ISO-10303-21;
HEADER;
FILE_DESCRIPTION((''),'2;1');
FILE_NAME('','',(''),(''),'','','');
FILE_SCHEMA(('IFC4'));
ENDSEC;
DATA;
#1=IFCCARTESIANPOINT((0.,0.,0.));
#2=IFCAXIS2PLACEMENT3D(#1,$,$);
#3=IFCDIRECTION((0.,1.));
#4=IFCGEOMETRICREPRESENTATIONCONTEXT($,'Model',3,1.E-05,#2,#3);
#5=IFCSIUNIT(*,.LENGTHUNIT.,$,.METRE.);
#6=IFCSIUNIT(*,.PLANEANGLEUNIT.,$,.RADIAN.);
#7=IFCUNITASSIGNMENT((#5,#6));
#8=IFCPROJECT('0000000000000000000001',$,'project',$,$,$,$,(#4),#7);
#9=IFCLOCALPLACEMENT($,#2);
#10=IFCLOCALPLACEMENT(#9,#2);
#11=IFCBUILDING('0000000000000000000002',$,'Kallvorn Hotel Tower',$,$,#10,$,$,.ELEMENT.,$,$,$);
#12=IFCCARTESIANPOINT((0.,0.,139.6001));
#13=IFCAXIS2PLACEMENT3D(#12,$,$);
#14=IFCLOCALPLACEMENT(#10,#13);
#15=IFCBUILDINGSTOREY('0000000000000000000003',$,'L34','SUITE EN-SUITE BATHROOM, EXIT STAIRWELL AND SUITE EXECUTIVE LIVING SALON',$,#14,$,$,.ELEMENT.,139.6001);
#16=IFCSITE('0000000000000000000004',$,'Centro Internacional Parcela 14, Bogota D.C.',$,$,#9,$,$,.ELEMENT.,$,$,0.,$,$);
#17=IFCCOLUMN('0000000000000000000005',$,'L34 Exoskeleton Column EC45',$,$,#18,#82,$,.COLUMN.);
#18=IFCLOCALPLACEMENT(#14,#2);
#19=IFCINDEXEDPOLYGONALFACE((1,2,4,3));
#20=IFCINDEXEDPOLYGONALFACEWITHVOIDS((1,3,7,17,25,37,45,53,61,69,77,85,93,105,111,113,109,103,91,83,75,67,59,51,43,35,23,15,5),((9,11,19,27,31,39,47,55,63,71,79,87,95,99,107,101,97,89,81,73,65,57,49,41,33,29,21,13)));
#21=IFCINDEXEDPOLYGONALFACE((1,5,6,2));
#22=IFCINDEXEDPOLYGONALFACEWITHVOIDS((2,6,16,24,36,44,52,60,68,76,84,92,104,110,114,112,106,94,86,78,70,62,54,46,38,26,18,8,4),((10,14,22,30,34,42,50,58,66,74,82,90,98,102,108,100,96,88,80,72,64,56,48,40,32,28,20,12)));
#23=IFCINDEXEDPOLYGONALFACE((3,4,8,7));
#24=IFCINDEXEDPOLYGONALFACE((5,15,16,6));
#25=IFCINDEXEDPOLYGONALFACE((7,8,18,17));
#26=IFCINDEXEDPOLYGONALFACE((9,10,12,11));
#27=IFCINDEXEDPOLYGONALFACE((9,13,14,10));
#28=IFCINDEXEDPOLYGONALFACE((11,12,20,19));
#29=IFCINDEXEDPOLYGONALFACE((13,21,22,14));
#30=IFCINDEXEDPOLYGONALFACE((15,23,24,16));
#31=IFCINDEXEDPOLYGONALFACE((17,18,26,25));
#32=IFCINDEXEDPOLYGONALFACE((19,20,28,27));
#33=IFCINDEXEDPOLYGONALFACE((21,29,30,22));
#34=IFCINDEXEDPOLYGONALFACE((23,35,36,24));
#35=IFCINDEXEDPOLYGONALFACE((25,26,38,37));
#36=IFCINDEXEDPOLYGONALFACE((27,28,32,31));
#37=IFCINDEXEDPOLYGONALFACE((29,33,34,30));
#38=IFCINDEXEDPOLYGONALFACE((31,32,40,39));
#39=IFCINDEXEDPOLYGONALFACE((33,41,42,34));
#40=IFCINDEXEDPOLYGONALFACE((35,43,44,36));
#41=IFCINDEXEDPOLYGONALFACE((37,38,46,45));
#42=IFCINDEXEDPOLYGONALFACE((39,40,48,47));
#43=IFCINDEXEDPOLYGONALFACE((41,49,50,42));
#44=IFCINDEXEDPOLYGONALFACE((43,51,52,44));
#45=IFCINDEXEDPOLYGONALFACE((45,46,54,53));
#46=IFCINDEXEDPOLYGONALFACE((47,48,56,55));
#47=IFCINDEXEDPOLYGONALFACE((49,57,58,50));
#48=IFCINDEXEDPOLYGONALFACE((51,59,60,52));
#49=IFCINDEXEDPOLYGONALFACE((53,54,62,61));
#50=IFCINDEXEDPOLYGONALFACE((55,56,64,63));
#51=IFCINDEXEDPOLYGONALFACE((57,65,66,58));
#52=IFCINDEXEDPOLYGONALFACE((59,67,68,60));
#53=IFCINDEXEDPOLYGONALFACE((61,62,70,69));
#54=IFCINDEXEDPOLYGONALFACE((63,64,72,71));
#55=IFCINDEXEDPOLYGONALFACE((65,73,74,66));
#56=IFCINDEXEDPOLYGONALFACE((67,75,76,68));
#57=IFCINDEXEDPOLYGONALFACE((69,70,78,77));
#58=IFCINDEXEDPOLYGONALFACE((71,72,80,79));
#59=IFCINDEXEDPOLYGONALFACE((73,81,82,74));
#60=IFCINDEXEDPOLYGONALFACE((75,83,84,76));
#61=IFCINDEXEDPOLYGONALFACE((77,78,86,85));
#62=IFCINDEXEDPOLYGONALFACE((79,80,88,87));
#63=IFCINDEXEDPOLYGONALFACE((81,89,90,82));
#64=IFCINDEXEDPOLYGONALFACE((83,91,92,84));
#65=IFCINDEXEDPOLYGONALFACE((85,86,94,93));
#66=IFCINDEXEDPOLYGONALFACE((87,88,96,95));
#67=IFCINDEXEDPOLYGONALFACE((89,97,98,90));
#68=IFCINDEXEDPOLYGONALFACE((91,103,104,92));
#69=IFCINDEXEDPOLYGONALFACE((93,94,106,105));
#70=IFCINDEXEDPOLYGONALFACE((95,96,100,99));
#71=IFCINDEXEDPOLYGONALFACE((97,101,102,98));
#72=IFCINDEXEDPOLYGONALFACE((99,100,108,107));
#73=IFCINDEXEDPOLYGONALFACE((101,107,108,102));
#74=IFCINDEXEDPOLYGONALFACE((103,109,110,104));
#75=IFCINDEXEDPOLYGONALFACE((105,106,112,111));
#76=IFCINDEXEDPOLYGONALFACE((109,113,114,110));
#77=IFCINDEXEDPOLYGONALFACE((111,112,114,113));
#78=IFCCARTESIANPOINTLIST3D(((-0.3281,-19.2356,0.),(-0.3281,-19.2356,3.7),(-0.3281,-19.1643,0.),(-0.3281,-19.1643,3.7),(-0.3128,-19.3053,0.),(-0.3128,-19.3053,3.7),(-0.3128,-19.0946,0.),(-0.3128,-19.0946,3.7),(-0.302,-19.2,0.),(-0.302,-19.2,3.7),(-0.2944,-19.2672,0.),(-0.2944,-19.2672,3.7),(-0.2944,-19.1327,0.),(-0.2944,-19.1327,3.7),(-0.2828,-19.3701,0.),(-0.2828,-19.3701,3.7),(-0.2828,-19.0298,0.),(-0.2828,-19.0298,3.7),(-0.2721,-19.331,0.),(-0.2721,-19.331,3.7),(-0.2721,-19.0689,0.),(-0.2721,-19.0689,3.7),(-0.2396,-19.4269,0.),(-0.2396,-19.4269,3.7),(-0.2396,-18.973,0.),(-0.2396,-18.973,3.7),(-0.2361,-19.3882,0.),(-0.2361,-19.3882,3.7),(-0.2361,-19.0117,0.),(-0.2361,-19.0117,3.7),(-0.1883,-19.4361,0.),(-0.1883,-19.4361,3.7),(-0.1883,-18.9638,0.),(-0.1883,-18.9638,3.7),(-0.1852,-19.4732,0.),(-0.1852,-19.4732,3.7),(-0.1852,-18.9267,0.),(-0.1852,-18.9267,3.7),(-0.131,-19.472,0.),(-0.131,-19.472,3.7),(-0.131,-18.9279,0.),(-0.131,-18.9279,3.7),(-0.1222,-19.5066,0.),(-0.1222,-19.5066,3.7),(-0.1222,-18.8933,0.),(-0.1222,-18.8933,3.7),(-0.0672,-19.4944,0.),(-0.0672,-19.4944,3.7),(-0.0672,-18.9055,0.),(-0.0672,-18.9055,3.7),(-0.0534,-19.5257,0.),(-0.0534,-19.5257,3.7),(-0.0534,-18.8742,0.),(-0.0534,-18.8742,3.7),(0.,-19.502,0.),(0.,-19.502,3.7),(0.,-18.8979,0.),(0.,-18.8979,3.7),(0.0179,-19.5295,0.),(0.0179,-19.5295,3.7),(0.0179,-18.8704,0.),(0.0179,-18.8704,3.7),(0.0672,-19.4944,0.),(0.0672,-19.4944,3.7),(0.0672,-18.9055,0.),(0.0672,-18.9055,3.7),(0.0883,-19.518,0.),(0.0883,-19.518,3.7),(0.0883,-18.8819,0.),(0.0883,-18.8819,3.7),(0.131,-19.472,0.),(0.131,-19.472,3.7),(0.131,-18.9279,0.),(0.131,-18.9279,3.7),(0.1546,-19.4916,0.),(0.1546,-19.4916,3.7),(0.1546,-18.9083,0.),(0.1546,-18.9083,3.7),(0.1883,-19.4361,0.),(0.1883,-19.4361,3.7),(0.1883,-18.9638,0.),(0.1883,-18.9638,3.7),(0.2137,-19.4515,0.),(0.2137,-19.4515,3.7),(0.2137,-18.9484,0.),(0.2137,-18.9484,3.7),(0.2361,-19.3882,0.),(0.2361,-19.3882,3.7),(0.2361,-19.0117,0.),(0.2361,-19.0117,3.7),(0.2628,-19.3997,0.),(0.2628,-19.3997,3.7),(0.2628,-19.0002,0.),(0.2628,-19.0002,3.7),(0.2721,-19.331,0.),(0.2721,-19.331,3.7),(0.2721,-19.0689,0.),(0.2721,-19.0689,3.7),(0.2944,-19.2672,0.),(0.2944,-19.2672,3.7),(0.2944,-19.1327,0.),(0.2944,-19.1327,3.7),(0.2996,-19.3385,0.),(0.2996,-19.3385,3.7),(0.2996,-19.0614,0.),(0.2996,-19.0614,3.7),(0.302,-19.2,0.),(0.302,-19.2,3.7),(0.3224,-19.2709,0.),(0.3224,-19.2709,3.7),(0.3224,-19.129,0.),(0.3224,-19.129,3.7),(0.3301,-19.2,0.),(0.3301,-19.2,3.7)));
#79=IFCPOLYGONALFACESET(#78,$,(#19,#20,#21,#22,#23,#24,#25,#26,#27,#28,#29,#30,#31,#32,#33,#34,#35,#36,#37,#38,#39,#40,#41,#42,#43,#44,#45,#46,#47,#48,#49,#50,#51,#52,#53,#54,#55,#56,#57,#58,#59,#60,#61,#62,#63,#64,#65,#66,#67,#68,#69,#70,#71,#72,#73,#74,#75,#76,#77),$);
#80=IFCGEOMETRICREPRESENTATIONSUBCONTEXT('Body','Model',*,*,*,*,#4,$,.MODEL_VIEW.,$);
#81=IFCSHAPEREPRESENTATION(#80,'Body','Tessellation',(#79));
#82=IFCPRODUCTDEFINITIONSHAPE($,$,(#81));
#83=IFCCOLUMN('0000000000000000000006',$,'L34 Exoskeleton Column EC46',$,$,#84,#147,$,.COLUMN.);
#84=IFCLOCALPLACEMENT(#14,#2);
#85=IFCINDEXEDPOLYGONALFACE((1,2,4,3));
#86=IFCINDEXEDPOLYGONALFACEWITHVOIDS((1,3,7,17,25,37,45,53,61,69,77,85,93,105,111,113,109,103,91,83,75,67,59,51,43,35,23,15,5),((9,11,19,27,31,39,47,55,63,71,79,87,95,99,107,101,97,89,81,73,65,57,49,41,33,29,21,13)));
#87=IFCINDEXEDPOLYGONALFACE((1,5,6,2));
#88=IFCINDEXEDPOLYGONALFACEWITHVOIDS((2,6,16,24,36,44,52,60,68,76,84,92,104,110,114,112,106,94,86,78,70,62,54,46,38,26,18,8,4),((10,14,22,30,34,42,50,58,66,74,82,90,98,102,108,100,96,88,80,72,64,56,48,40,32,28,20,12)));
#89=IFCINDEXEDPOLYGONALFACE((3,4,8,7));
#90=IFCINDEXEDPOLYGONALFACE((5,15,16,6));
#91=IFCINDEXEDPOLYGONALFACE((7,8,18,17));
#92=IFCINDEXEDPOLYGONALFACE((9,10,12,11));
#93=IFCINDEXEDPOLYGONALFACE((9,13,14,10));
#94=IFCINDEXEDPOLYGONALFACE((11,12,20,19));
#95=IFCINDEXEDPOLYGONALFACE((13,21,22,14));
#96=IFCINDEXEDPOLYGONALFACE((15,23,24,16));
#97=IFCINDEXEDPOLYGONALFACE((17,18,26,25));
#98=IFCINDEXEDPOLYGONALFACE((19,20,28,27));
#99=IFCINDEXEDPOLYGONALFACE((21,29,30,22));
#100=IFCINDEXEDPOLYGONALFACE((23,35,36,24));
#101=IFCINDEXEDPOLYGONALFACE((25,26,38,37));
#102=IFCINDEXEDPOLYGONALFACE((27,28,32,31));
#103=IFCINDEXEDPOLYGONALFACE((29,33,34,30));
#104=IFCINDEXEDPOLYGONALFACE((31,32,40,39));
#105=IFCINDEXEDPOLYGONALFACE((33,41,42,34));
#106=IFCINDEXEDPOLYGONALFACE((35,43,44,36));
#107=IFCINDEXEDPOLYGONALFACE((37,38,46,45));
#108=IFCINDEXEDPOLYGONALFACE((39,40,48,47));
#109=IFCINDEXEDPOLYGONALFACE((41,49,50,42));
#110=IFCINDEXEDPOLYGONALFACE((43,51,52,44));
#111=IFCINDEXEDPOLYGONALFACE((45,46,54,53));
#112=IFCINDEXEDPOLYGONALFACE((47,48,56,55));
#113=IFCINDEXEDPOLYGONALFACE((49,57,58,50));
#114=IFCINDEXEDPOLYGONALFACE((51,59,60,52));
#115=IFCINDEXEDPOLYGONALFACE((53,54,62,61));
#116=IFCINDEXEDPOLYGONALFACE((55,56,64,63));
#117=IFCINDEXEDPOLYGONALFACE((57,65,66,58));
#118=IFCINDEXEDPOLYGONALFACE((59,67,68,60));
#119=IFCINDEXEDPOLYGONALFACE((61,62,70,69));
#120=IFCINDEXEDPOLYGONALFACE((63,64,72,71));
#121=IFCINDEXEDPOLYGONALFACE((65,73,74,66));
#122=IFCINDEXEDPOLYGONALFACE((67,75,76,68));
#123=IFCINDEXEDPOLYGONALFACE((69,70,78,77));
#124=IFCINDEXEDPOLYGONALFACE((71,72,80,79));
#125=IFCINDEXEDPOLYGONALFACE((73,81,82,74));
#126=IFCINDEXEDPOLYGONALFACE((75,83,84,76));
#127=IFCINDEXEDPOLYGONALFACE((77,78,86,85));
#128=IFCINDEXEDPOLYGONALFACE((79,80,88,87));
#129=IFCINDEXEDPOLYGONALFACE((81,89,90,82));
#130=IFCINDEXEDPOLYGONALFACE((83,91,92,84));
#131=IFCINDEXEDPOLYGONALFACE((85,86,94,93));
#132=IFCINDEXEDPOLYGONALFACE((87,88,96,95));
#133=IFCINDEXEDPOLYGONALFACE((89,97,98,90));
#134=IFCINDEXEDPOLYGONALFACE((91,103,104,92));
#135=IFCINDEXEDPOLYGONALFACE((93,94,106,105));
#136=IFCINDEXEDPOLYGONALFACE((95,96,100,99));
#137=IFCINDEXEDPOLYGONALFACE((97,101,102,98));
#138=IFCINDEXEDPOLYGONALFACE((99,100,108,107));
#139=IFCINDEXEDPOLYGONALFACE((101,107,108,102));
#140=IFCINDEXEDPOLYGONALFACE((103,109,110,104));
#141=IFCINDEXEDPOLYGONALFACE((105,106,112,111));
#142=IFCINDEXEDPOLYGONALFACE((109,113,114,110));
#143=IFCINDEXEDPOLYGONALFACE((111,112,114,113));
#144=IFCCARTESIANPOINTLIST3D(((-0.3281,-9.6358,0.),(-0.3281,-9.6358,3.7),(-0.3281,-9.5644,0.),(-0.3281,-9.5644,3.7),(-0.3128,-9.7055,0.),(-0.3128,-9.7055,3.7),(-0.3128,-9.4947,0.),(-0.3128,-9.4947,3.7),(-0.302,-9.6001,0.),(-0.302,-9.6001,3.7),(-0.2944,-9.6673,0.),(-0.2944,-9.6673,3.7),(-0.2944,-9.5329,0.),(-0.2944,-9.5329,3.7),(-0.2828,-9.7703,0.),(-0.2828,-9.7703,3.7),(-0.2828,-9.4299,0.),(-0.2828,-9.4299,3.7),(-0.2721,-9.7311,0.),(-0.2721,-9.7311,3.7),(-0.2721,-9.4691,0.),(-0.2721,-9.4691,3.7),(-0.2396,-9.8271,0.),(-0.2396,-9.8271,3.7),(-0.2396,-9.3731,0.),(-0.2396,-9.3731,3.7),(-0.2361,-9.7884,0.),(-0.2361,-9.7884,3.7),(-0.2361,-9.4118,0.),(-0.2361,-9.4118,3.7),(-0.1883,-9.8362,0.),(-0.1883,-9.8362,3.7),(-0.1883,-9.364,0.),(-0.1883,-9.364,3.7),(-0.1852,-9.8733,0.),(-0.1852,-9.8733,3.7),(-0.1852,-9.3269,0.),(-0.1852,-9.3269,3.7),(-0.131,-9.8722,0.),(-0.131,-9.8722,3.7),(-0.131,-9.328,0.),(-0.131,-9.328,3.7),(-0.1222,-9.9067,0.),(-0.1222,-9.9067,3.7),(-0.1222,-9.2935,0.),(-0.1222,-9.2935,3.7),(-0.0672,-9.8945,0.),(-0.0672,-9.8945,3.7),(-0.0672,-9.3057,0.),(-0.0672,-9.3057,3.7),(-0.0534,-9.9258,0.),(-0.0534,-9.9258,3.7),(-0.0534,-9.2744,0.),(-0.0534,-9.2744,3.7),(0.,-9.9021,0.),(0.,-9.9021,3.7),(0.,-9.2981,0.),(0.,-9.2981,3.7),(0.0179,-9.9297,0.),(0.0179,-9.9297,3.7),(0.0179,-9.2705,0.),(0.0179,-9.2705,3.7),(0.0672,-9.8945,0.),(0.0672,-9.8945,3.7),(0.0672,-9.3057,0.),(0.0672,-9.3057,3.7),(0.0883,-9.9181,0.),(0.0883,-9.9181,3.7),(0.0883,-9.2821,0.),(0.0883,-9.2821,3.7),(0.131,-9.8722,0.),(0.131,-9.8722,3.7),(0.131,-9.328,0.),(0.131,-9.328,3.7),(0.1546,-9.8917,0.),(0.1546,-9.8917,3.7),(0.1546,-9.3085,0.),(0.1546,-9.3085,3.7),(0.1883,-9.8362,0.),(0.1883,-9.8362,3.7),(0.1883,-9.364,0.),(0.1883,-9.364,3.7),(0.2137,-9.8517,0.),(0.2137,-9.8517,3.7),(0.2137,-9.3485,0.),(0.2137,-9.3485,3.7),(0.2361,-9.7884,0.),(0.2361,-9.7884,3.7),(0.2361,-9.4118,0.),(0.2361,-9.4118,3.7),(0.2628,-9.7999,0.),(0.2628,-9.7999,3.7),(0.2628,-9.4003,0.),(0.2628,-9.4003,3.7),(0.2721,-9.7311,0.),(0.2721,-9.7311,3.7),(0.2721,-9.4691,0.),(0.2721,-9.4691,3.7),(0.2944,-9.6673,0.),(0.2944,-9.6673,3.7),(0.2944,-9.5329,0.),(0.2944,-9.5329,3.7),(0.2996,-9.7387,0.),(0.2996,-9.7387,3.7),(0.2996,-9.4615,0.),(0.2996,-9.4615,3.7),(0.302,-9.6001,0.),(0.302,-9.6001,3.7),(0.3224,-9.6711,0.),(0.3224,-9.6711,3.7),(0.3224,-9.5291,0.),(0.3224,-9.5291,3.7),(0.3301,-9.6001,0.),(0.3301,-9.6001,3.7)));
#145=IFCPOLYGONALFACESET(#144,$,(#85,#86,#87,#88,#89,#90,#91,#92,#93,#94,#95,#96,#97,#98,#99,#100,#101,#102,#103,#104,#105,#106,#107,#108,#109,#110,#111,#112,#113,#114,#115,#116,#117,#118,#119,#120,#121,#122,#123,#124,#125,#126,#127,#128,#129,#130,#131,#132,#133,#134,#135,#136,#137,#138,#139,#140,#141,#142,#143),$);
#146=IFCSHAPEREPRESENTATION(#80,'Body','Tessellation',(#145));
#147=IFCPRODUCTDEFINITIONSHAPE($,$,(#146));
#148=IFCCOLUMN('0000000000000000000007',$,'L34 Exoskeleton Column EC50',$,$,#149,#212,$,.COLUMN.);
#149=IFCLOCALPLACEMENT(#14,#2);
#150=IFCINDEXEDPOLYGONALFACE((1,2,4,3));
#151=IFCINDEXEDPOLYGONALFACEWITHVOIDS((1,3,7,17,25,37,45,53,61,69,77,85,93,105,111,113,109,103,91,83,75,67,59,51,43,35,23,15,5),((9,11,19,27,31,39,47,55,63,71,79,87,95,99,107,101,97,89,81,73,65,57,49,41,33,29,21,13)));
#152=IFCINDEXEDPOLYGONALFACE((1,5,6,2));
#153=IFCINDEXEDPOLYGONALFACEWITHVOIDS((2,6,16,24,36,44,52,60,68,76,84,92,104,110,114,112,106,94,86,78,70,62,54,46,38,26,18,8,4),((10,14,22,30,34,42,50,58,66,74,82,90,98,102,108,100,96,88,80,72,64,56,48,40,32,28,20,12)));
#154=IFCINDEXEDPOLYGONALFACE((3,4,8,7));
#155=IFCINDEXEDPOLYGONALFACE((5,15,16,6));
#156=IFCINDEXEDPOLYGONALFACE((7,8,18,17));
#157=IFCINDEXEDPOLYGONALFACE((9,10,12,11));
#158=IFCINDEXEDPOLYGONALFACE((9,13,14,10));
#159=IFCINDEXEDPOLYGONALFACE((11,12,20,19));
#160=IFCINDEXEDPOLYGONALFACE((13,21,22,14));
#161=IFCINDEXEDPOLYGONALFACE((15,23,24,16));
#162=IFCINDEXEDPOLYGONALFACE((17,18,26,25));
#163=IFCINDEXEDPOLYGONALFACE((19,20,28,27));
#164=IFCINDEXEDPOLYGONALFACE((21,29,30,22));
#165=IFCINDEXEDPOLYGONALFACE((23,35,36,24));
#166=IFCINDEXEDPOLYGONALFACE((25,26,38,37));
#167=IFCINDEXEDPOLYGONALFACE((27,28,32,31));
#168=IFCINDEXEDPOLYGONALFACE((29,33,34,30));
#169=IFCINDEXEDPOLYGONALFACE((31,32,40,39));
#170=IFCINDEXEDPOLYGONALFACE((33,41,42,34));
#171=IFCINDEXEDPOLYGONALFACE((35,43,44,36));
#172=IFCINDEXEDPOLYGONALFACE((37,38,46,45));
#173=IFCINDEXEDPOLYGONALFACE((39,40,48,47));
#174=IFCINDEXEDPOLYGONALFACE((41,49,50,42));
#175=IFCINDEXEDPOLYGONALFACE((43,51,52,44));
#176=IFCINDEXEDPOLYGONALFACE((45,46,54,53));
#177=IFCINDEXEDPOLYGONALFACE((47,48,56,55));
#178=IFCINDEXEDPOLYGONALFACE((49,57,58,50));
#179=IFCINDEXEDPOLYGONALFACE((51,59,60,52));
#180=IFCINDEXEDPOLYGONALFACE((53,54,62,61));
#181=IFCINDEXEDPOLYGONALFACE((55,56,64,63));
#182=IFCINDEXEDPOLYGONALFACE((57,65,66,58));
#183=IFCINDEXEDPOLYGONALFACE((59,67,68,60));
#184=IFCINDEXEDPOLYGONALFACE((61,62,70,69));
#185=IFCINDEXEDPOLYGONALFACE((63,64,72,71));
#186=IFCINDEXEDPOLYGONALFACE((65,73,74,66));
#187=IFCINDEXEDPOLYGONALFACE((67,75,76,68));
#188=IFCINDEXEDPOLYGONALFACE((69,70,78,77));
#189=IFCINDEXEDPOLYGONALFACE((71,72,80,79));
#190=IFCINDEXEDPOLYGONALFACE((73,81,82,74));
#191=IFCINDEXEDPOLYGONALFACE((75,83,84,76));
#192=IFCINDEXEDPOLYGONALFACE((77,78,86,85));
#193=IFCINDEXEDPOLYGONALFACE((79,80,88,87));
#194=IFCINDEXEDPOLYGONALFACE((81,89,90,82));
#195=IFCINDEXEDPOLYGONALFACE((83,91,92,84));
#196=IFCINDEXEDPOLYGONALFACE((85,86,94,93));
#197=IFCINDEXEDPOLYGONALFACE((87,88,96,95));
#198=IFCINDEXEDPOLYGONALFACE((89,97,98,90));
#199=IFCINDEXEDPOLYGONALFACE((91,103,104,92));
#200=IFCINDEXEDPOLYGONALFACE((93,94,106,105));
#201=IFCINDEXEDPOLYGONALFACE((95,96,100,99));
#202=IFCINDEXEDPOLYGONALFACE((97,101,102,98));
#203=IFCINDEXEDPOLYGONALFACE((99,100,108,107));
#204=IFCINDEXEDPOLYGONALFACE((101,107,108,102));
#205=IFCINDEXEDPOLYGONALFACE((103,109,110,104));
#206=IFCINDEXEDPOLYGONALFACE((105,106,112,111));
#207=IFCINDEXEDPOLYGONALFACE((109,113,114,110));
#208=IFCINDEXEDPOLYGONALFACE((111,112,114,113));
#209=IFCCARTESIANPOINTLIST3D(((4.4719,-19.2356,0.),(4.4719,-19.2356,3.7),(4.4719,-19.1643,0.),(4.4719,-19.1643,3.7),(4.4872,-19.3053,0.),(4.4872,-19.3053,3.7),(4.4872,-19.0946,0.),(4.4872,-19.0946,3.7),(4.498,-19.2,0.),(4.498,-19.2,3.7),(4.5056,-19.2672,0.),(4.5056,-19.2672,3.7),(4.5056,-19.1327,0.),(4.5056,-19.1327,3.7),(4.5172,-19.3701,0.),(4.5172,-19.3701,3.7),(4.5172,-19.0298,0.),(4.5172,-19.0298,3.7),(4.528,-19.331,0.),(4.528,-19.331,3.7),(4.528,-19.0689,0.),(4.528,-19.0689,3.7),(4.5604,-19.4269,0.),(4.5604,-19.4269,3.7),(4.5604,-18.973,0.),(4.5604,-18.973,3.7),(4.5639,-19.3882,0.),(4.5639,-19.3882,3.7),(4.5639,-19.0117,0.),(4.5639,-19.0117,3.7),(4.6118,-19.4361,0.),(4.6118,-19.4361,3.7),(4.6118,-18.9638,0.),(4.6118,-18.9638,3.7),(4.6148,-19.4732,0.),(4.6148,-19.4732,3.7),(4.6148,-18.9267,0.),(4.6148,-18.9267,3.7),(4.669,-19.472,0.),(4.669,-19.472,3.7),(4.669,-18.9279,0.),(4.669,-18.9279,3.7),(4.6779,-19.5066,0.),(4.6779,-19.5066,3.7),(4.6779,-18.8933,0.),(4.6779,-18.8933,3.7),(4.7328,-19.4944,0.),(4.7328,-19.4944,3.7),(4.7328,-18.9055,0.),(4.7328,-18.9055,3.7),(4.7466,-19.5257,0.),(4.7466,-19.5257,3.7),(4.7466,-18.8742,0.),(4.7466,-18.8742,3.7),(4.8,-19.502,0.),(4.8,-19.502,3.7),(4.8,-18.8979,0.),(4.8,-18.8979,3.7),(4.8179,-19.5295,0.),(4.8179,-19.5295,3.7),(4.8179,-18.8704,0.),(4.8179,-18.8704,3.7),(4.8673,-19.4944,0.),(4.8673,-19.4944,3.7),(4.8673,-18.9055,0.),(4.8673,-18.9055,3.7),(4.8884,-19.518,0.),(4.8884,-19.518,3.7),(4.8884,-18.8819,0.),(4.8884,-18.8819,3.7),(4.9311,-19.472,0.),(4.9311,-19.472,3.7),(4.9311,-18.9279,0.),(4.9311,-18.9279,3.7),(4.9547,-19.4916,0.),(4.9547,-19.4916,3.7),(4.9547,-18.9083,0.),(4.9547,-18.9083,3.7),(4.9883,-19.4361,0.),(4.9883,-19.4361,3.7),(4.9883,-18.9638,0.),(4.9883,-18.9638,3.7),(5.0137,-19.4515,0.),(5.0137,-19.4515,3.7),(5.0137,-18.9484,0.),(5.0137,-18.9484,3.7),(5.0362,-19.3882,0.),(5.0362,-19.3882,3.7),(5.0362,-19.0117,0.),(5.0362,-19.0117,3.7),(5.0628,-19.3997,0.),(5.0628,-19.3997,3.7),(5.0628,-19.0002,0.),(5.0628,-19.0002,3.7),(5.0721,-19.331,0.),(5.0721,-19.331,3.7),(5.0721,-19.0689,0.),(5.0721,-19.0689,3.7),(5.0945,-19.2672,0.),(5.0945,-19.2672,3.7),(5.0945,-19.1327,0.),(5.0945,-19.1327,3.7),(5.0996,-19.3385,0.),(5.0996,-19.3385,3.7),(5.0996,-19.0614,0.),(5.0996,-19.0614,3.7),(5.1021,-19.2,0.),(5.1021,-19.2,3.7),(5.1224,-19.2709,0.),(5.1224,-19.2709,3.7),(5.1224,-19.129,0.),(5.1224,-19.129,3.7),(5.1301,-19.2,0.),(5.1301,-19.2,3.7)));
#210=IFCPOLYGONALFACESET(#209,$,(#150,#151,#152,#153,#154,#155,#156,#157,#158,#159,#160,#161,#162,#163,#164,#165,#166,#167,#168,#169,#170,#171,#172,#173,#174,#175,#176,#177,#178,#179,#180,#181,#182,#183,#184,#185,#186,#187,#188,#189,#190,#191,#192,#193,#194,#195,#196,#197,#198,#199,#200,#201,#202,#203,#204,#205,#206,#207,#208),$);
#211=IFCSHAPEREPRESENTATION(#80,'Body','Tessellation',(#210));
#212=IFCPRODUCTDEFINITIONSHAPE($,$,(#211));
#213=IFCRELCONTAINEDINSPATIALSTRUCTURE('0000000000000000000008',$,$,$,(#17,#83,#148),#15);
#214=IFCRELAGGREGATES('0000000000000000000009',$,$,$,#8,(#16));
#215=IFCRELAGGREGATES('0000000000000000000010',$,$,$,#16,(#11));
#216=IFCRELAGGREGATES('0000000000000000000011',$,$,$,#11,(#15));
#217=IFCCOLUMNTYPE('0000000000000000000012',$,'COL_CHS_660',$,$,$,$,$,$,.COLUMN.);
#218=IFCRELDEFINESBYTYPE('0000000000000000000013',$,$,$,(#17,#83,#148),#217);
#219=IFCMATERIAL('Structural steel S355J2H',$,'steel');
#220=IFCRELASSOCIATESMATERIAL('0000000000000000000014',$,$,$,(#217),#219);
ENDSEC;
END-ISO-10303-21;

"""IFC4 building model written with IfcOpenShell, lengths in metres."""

from ifc_helpers import new_model, si_unit, direction, frame, origin, origin_2d, place, context, subcontext, project, spatial, hollow_circle, extrude, material, material_profile, profile_set, type_object, element, save


model = new_model("IFC4")

# Units and contexts
model_context = context("Model", 3, precision=1e-05, world=origin(), true_north=direction((0.0, 1.0)))
body_context = subcontext(model_context, "Body", "Model", "MODEL_VIEW")
ifc_project = project(units=[si_unit("LENGTHUNIT", "METRE"), si_unit("PLANEANGLEUNIT", "RADIAN")], contexts=[model_context])

# Site, building, storey
site_placement = place(None, origin())
site = spatial("IfcSite", under=ifc_project, at=site_placement, Name="Centro Internacional Parcela 14, Bogota D.C.", CompositionType="ELEMENT", RefElevation=0.0)
building_placement = place(site_placement, origin())
building = spatial("IfcBuilding", under=site, at=building_placement, Name="Kallvorn Hotel Tower", CompositionType="ELEMENT")
storey_placement = place(building_placement, frame((0.0, 0.0, 139.6001)))
storey = spatial("IfcBuildingStorey", under=building, at=storey_placement, Name="L34", Description="SUITE EN-SUITE BATHROOM, EXIT STAIRWELL AND SUITE EXECUTIVE LIVING SALON", CompositionType="ELEMENT", Elevation=139.6001)

# Columns
ifc_material_1 = material(Name="Structural steel S355J2H", Category="steel")
ifc_material_profile_1 = material_profile(ifc_material_1, hollow_circle(Radius=0.3301, WallThickness=0.0281, at=origin_2d()), Name="CHS 660x28")
ifc_profile_set_1 = profile_set([ifc_material_profile_1], Name="Structural steel S355J2H")
column_type_1 = type_object("IfcColumnType", Name="COL_CHS_660", PredefinedType="COLUMN", material=ifc_profile_set_1)
for number, where, z_axis, x_axis, name in (
    (1, (0.0, -19.2, 0.0), (0.0, 0.0, 1.0), (1.0, 0.0, 0.0), "L34 Exoskeleton Column EC45"),
    (2, (0.0, -9.6001, 0.0), (0.0, 0.0, 1.0), (1.0, 0.0, 0.0), "L34 Exoskeleton Column EC46"),
    (3, (4.8, -19.2, 0.0), (0.0, 0.0, 1.0), (1.0, 0.0, 0.0), "L34 Exoskeleton Column EC50"),
):
    element("IfcColumn", number, at=place(storey_placement, frame(where, z_axis=z_axis, x_axis=x_axis)), inside=storey, type_object=column_type_1, Name=name, PredefinedType="COLUMN", context=body_context, shape_type="SweptSolid", body=[
        extrude(hollow_circle(Radius=0.3301, WallThickness=0.0281, at=origin_2d()), origin(), (0.0, 0.0, 1.0), 3.7),
    ])

save(model, "model.ifc")
